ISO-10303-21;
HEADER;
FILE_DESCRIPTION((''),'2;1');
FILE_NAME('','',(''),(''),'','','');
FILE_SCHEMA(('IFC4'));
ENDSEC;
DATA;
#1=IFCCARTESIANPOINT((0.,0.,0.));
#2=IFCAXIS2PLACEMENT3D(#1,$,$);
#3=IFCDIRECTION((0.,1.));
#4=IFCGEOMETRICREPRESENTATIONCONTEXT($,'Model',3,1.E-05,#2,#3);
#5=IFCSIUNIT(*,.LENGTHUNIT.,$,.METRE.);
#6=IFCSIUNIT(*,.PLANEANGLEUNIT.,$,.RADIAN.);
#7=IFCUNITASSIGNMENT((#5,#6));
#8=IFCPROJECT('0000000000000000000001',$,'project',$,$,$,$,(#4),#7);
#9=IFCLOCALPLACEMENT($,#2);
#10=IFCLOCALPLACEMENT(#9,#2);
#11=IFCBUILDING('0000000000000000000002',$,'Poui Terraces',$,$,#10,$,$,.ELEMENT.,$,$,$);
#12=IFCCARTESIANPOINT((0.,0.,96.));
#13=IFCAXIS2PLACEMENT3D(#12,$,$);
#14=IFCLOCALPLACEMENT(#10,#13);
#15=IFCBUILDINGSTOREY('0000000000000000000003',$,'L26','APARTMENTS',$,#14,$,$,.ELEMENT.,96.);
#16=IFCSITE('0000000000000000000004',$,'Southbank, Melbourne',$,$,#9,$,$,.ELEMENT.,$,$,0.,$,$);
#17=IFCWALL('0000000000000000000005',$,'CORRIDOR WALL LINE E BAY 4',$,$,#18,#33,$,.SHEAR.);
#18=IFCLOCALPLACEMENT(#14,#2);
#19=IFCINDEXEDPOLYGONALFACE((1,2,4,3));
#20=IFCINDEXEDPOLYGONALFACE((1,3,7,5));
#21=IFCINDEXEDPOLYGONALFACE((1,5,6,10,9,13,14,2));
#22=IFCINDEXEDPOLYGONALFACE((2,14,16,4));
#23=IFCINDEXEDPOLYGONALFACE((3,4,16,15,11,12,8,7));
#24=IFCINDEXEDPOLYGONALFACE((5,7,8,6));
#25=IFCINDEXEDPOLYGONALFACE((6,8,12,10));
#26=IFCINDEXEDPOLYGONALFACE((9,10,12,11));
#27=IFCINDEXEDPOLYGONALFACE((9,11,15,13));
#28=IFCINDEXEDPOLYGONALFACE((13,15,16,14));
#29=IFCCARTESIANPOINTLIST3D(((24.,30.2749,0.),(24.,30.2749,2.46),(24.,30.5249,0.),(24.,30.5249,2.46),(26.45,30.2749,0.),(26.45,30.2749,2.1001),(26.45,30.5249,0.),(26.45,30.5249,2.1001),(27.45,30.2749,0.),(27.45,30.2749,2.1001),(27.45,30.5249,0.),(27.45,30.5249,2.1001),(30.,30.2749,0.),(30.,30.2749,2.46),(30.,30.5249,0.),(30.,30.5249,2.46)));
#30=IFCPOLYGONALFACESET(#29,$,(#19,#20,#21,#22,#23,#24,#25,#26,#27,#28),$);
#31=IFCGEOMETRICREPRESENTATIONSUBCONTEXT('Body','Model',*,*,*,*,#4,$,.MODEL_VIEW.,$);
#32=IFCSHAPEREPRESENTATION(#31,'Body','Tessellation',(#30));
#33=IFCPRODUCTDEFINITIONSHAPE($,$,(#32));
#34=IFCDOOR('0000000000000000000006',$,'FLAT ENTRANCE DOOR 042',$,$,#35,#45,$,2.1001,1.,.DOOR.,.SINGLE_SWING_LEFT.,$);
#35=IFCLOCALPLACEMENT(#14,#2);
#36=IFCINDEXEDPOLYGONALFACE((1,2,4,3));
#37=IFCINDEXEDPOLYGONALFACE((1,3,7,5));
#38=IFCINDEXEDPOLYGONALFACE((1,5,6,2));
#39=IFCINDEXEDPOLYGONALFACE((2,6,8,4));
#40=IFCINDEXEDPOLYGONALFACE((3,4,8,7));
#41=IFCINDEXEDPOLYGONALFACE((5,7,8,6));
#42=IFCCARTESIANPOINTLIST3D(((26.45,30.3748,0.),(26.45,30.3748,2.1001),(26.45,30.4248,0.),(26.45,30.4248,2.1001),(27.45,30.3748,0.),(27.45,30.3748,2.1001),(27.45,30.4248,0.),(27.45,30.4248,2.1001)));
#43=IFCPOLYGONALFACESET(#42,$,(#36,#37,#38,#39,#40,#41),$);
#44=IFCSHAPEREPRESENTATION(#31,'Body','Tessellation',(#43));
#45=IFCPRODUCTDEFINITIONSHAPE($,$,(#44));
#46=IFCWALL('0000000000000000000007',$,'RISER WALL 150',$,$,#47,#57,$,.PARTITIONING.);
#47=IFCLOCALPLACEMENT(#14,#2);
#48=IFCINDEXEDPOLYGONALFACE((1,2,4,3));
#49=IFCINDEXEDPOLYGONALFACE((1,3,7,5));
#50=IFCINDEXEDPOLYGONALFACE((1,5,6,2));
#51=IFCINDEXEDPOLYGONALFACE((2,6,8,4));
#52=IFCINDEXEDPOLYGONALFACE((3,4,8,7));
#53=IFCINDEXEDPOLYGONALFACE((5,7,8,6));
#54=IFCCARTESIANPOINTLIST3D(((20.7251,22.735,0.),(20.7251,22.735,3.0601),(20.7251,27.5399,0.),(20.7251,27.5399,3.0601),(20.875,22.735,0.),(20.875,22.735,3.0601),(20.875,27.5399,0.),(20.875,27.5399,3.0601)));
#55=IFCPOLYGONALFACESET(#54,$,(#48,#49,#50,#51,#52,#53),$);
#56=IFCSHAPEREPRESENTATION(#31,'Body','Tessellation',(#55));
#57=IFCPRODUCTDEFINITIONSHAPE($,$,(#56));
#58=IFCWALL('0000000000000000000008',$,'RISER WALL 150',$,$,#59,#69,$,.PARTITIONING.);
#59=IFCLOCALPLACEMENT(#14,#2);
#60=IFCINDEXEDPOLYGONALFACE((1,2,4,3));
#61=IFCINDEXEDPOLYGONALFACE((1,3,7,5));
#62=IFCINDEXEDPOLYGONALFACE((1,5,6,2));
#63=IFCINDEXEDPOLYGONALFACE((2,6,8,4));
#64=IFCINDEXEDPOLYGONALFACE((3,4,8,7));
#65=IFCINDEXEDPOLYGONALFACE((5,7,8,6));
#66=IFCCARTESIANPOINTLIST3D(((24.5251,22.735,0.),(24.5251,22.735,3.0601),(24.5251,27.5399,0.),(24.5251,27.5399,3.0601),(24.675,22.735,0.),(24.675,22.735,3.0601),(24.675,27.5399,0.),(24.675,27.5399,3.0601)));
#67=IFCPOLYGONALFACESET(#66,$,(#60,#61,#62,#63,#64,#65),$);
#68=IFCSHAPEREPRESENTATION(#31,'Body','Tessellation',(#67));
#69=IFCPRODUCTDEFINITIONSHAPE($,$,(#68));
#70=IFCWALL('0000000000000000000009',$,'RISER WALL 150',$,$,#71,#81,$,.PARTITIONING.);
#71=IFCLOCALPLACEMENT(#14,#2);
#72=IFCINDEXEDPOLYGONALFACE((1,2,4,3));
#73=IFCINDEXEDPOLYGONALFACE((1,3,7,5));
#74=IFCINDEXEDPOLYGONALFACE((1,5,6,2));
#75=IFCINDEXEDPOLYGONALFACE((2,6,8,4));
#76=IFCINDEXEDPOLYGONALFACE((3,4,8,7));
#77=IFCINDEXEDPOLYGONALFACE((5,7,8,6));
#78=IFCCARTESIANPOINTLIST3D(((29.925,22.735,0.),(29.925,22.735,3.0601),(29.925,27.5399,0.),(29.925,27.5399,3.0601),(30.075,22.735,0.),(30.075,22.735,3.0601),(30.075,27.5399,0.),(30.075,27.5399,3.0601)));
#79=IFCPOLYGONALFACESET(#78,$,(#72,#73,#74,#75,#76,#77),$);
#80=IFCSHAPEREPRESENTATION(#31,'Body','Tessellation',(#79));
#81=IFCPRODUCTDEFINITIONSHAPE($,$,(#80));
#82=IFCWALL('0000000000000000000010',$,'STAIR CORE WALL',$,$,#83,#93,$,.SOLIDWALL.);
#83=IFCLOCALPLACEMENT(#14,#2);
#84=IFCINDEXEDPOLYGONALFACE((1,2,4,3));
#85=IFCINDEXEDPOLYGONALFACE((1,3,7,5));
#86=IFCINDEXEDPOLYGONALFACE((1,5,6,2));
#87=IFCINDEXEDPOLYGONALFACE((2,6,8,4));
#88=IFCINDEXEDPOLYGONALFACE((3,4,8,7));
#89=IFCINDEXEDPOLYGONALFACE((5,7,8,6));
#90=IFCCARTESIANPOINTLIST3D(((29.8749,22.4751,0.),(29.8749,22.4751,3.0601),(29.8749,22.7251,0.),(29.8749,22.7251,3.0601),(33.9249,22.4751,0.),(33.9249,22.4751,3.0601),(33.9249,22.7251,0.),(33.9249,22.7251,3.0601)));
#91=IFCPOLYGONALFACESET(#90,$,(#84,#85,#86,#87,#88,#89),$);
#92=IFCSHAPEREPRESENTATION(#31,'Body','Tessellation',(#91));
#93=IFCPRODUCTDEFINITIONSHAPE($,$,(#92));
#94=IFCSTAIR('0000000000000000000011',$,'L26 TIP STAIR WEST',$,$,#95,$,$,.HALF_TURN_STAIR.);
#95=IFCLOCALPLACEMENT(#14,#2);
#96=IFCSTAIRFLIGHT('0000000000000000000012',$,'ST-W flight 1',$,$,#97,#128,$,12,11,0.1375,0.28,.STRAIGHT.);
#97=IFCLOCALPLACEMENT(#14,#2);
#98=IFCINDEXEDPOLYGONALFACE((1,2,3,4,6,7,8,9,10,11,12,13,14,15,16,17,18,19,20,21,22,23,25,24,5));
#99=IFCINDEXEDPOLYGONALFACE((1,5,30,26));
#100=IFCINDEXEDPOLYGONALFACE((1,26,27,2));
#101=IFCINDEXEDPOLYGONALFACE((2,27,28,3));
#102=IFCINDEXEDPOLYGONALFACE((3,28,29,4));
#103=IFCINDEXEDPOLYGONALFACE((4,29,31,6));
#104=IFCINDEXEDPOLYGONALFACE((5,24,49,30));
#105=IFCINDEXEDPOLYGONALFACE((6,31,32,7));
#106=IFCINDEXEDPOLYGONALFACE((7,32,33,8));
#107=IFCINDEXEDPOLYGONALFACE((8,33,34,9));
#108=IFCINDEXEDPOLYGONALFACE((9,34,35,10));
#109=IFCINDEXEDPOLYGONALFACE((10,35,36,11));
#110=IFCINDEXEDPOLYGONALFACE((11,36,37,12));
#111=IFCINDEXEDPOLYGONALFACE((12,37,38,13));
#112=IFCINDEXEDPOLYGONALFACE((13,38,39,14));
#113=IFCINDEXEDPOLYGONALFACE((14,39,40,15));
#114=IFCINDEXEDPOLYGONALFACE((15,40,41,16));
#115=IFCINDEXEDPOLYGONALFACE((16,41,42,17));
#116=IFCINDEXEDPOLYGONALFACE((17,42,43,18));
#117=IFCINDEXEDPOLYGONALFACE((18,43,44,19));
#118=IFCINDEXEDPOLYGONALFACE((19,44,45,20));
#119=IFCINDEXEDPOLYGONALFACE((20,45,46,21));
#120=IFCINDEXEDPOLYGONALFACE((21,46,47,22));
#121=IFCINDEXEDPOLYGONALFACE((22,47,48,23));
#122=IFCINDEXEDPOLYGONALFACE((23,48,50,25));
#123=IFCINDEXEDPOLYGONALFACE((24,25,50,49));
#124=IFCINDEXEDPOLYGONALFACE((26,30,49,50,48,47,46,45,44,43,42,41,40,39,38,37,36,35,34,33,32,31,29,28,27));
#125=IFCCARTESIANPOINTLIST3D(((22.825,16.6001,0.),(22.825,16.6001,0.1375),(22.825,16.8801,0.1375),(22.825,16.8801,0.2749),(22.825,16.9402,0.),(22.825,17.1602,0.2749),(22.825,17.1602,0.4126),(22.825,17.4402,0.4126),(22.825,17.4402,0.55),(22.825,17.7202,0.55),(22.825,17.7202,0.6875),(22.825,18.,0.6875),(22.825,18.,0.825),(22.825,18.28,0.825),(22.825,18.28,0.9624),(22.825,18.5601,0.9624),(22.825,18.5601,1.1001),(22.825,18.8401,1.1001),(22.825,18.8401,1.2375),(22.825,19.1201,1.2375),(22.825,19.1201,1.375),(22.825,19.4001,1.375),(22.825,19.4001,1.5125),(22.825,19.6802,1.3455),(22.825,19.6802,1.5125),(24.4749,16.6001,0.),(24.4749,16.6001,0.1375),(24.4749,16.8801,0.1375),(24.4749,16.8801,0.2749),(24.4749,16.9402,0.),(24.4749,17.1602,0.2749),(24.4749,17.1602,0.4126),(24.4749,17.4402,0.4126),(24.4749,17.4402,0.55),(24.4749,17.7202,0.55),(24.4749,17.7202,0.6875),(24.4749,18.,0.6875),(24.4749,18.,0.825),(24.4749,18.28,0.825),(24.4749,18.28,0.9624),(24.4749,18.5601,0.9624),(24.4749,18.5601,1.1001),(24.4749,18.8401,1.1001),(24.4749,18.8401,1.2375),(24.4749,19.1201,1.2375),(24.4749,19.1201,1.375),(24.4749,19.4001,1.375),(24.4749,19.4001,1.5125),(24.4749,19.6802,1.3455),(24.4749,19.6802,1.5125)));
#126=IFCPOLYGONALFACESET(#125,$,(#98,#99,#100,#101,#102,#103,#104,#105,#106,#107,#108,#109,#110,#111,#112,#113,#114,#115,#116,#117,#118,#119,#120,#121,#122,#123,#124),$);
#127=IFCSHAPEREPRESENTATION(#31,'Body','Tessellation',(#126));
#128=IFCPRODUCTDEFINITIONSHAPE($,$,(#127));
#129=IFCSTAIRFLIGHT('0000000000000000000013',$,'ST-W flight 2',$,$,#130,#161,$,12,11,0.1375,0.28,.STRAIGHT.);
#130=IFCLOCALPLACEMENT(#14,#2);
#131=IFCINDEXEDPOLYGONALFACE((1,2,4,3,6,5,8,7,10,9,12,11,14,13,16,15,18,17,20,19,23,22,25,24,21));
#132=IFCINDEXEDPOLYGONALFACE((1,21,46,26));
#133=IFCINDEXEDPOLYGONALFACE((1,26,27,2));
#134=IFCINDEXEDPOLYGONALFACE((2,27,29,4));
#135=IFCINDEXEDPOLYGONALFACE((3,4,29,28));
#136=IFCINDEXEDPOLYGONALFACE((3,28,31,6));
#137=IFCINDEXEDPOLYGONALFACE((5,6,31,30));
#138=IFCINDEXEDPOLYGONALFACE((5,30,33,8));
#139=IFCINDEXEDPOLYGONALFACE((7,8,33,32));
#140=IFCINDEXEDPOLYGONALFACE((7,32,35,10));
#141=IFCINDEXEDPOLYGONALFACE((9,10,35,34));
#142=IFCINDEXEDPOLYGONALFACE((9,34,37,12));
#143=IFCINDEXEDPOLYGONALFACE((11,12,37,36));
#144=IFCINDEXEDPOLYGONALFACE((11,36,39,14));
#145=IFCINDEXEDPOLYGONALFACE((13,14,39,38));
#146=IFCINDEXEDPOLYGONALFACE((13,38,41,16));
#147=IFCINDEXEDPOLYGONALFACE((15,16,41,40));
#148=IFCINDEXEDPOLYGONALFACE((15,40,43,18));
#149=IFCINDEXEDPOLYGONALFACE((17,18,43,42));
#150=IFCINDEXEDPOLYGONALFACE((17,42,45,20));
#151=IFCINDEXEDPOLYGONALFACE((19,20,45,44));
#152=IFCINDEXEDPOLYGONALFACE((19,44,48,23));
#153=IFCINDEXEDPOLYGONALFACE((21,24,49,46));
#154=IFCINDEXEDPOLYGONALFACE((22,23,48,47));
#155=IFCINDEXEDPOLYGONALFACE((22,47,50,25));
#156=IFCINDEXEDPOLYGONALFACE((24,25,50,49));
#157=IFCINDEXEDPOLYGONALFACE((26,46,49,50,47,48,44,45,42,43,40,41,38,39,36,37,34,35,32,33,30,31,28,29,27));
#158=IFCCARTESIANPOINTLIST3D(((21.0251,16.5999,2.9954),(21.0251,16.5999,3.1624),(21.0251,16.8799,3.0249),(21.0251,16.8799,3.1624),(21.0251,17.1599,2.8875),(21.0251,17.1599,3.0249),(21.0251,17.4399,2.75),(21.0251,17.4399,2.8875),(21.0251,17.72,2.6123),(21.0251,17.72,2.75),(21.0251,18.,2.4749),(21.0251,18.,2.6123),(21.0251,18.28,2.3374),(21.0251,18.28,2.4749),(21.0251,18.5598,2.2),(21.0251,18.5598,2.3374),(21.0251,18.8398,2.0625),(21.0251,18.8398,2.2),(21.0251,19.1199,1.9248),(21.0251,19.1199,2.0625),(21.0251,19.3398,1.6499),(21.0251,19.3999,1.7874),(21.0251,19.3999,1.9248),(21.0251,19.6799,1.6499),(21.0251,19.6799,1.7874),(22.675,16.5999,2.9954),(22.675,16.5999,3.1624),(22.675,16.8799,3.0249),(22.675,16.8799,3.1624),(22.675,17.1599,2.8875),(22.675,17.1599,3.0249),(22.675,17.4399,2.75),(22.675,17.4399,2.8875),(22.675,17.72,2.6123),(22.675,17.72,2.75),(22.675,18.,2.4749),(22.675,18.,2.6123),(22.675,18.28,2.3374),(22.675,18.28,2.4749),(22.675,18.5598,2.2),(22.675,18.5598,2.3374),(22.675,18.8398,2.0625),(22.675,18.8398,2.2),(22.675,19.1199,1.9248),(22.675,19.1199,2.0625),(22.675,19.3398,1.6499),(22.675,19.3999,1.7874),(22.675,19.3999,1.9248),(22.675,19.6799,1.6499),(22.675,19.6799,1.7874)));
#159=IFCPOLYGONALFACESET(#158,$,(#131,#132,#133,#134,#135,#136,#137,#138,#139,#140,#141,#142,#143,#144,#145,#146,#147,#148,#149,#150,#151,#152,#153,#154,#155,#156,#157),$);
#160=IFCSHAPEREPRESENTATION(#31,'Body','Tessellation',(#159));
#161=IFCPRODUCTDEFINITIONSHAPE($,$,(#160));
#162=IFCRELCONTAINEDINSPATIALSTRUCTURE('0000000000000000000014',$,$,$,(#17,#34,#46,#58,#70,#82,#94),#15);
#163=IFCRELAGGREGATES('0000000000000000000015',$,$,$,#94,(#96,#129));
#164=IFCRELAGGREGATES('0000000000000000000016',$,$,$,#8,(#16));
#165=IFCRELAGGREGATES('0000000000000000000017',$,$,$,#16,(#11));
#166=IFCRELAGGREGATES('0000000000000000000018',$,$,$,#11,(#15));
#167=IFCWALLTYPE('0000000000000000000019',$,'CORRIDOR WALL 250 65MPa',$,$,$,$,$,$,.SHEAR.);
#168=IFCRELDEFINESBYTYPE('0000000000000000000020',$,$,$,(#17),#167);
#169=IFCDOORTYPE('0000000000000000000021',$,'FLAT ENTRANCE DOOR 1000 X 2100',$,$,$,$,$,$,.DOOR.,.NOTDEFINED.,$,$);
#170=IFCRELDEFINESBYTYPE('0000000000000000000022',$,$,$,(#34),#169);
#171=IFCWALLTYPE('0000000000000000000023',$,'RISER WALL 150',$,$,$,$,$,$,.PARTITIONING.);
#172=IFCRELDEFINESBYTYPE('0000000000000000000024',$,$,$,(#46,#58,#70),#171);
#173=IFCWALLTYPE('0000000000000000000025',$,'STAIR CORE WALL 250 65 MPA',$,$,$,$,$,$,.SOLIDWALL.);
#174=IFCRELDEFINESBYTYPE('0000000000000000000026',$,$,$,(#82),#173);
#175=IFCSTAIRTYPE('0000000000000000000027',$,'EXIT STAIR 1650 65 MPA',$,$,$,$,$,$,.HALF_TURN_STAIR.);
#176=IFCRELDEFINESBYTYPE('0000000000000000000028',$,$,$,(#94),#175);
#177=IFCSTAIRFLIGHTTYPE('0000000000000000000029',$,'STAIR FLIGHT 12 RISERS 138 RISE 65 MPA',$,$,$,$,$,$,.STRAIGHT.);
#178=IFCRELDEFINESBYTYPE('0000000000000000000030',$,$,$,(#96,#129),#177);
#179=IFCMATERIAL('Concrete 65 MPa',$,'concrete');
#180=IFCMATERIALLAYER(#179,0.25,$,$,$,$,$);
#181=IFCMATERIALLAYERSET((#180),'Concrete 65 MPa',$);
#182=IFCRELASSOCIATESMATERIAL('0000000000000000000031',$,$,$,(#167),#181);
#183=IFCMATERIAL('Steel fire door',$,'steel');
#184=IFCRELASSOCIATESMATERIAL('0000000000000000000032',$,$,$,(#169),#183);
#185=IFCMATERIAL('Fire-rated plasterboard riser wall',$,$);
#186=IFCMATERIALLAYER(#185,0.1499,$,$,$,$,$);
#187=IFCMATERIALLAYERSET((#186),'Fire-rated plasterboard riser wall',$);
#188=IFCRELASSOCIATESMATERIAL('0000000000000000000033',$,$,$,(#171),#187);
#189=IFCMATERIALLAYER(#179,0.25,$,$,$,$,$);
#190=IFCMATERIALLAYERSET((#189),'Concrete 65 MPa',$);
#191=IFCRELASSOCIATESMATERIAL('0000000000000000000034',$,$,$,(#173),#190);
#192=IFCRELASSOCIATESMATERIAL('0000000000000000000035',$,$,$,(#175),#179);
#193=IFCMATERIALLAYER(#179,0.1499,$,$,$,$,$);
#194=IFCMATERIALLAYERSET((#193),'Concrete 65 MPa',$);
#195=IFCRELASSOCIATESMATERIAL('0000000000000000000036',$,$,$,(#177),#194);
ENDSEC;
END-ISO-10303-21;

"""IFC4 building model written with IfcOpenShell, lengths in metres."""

from ifc_helpers import new_model, si_unit, direction, frame, frame_2d, origin, place, context, subcontext, project, spatial, polyline, rectangle, outline, extrude, material, layer, layer_set, type_object, element, fill, aggregate, save


model = new_model("IFC4")

# Units and contexts
model_context = context("Model", 3, precision=1e-05, world=origin(), true_north=direction((0.0, 1.0)))
body_context = subcontext(model_context, "Body", "Model", "MODEL_VIEW")
ifc_project = project(units=[si_unit("LENGTHUNIT", "METRE"), si_unit("PLANEANGLEUNIT", "RADIAN")], contexts=[model_context])

# Site, building, storey
site_placement = place(None, origin())
site = spatial("IfcSite", under=ifc_project, at=site_placement, Name="Southbank, Melbourne", CompositionType="ELEMENT", RefElevation=0.0)
building_placement = place(site_placement, origin())
building = spatial("IfcBuilding", under=site, at=building_placement, Name="Poui Terraces", CompositionType="ELEMENT")
storey_placement = place(building_placement, frame((0.0, 0.0, 96.0)))
storey = spatial("IfcBuildingStorey", under=building, at=storey_placement, Name="L26", Description="APARTMENTS", CompositionType="ELEMENT", Elevation=96.0)

# Wall, opening, door
ifc_material_1 = material(Name="Concrete 65 MPa", Category="concrete")
ifc_layer_1 = layer(ifc_material_1, 0.25)
ifc_layer_set_1 = layer_set([ifc_layer_1], Name="Concrete 65 MPa")
wall_type_1 = type_object("IfcWallType", Name="CORRIDOR WALL 250 65MPa", PredefinedType="SHEAR", material=ifc_layer_set_1)
wall_1_placement = place(storey_placement, frame((24.0, 30.3999, 0.0), z_axis=(0.0, 0.0, 1.0), x_axis=(1.0, 0.0, 0.0)))
wall_1 = element("IfcWall", 1, at=wall_1_placement, inside=storey, type_object=wall_type_1, Name="CORRIDOR WALL LINE E BAY 4", PredefinedType="SHEAR", context=body_context, shape_type="SweptSolid", body=[
    extrude(rectangle(XDim=6.0, YDim=0.25, at=frame_2d((3.0, 0.0))), origin(), (0.0, 0.0, 1.0), 2.46),
])
opening_placement = place(wall_1_placement, frame((2.45, 0.0, 0.0)))
opening = element("IfcOpeningElement", 2, at=opening_placement, cuts=wall_1, PredefinedType="OPENING", context=body_context, shape_type="SweptSolid", body=[
    extrude(rectangle(XDim=1.0, YDim=2.1001, at=frame_2d((0.5, 1.05))), frame((0.0, 0.135, 0.0), z_axis=(0.0, -1.0, 0.0), x_axis=(1.0, 0.0, 0.0)), (0.0, 0.0, 1.0), 0.27),
])
ifc_material_2 = material(Name="Steel fire door", Category="steel")
door_type = type_object("IfcDoorType", Name="FLAT ENTRANCE DOOR 1000 X 2100", OperationType="NOTDEFINED", PredefinedType="DOOR", material=ifc_material_2)
door_placement = place(opening_placement, origin())
door = element("IfcDoor", 3, at=door_placement, inside=storey, type_object=door_type, Name="FLAT ENTRANCE DOOR 042", OperationType="SINGLE_SWING_LEFT", OverallHeight=2.1001, OverallWidth=1.0, PredefinedType="DOOR", context=body_context, shape_type="SweptSolid", body=[
    extrude(rectangle(XDim=1.0, YDim=2.1001, at=frame_2d((0.5, 1.05))), frame((0.0, 0.0249, 0.0), z_axis=(0.0, -1.0, 0.0), x_axis=(1.0, 0.0, 0.0)), (0.0, 0.0, 1.0), 0.05),
])
fill(opening, door)

# Walls
ifc_material_3 = material(Name="Fire-rated plasterboard riser wall")
ifc_layer_2 = layer(ifc_material_3, 0.1499)
ifc_layer_set_2 = layer_set([ifc_layer_2], Name="Fire-rated plasterboard riser wall")
wall_type_2 = type_object("IfcWallType", Name="RISER WALL 150", PredefinedType="PARTITIONING", material=ifc_layer_set_2)
for number, where, z_axis, x_axis, name in (
    (4, (20.8, 22.7351, 0.0), (0.0, 0.0, 1.0), (0.0, 1.0, 0.0), "RISER WALL 150"),
    (5, (24.6001, 22.7351, 0.0), (0.0, 0.0, 1.0), (0.0, 1.0, 0.0), "RISER WALL 150"),
    (6, (30.0, 22.7351, 0.0), (0.0, 0.0, 1.0), (0.0, 1.0, 0.0), "RISER WALL 150"),
):
    element("IfcWall", number, at=place(storey_placement, frame(where, z_axis=z_axis, x_axis=x_axis)), inside=storey, type_object=wall_type_2, Name=name, PredefinedType="PARTITIONING", context=body_context, shape_type="SweptSolid", body=[
        extrude(rectangle(XDim=4.8049, YDim=0.1499, at=frame_2d((2.4023, 0.0))), origin(), (0.0, 0.0, 1.0), 3.0601),
    ])
ifc_layer_3 = layer(ifc_material_1, 0.25)
ifc_layer_set_3 = layer_set([ifc_layer_3], Name="Concrete 65 MPa")
wall_type_3 = type_object("IfcWallType", Name="STAIR CORE WALL 250 65 MPA", PredefinedType="SOLIDWALL", material=ifc_layer_set_3)
wall_2_placement = place(storey_placement, frame((29.875, 22.6001, 0.0), z_axis=(0.0, 0.0, 1.0), x_axis=(1.0, 0.0, 0.0)))
element("IfcWall", 7, at=wall_2_placement, inside=storey, type_object=wall_type_3, Name="STAIR CORE WALL", PredefinedType="SOLIDWALL", context=body_context, shape_type="SweptSolid", body=[
    extrude(rectangle(XDim=4.05, YDim=0.25, at=frame_2d((2.0249, 0.0))), origin(), (0.0, 0.0, 1.0), 3.0601),
])

# Stair, stair flights
stair_type = type_object("IfcStairType", Name="EXIT STAIR 1650 65 MPA", PredefinedType="HALF_TURN_STAIR", material=ifc_material_1)
stair_placement = place(storey_placement, origin())
stair = element("IfcStair", 8, at=stair_placement, inside=storey, type_object=stair_type, Name="L26 TIP STAIR WEST", PredefinedType="HALF_TURN_STAIR")
ifc_layer_4 = layer(ifc_material_1, 0.1499)
ifc_layer_set_4 = layer_set([ifc_layer_4], Name="Concrete 65 MPa")
stair_flight_type = type_object("IfcStairFlightType", Name="STAIR FLIGHT 12 RISERS 138 RISE 65 MPA", PredefinedType="STRAIGHT", material=ifc_layer_set_4)
stair_flight_1_placement = place(storey_placement, frame((23.6499, 16.6001, 0.0), z_axis=(0.0, 0.0, 1.0), x_axis=(0.0, 1.0, 0.0)))
stair_flight_1 = element("IfcStairFlight", 9, at=stair_flight_1_placement, type_object=stair_flight_type, Name="ST-W flight 1", NumberOfRisers=12, NumberOfTreads=11, PredefinedType="STRAIGHT", RiserHeight=0.1375, TreadLength=0.28, context=body_context, shape_type="SweptSolid", body=[
    extrude(outline(polyline([(0.0, 0.0), (0.0, 0.1375), (0.28, 0.1375), (0.28, 0.2749), (0.5601, 0.2749), (0.5601, 0.4126), (0.8401, 0.4126), (0.8401, 0.55), (1.1201, 0.55), (1.1201, 0.6875), (1.3999, 0.6875), (1.3999, 0.825), (1.6799, 0.825), (1.6799, 0.9624), (1.96, 0.9624), (1.96, 1.1001), (2.24, 1.1001), (2.24, 1.2375), (2.52, 1.2375), (2.52, 1.375), (2.8, 1.375), (2.8, 1.5125), (3.0801, 1.5125), (3.0801, 1.6499), (3.0801, 1.3455), (0.3401, 0.0), (0.0, 0.0)])), frame((0.0, 0.825, 0.0), z_axis=(0.0, -1.0, 0.0), x_axis=(1.0, 0.0, 0.0)), (0.0, 0.0, 1.0), 1.6499),
])
stair_flight_2_placement = place(storey_placement, frame((21.8501, 19.6799, 1.6499), z_axis=(0.0, 0.0, 1.0), x_axis=(0.0, -1.0, 0.0)))
stair_flight_2 = element("IfcStairFlight", 10, at=stair_flight_2_placement, type_object=stair_flight_type, Name="ST-W flight 2", NumberOfRisers=12, NumberOfTreads=11, PredefinedType="STRAIGHT", RiserHeight=0.1375, TreadLength=0.28, context=body_context, shape_type="SweptSolid", body=[
    extrude(outline(polyline([(0.0, 0.0), (0.0, 0.1375), (0.28, 0.1375), (0.28, 0.2749), (0.5601, 0.2749), (0.5601, 0.4126), (0.8401, 0.4126), (0.8401, 0.55), (1.1201, 0.55), (1.1201, 0.6875), (1.3999, 0.6875), (1.3999, 0.825), (1.6799, 0.825), (1.6799, 0.9624), (1.96, 0.9624), (1.96, 1.1001), (2.24, 1.1001), (2.24, 1.2375), (2.52, 1.2375), (2.52, 1.375), (2.8, 1.375), (2.8, 1.5125), (3.0801, 1.5125), (3.0801, 1.6499), (3.0801, 1.3455), (0.3401, 0.0), (0.0, 0.0)])), frame((0.0, 0.825, 0.0), z_axis=(0.0, -1.0, 0.0), x_axis=(1.0, 0.0, 0.0)), (0.0, 0.0, 1.0), 1.6499),
])
aggregate(stair, [stair_flight_1, stair_flight_2])

save(model, "model.ifc")
